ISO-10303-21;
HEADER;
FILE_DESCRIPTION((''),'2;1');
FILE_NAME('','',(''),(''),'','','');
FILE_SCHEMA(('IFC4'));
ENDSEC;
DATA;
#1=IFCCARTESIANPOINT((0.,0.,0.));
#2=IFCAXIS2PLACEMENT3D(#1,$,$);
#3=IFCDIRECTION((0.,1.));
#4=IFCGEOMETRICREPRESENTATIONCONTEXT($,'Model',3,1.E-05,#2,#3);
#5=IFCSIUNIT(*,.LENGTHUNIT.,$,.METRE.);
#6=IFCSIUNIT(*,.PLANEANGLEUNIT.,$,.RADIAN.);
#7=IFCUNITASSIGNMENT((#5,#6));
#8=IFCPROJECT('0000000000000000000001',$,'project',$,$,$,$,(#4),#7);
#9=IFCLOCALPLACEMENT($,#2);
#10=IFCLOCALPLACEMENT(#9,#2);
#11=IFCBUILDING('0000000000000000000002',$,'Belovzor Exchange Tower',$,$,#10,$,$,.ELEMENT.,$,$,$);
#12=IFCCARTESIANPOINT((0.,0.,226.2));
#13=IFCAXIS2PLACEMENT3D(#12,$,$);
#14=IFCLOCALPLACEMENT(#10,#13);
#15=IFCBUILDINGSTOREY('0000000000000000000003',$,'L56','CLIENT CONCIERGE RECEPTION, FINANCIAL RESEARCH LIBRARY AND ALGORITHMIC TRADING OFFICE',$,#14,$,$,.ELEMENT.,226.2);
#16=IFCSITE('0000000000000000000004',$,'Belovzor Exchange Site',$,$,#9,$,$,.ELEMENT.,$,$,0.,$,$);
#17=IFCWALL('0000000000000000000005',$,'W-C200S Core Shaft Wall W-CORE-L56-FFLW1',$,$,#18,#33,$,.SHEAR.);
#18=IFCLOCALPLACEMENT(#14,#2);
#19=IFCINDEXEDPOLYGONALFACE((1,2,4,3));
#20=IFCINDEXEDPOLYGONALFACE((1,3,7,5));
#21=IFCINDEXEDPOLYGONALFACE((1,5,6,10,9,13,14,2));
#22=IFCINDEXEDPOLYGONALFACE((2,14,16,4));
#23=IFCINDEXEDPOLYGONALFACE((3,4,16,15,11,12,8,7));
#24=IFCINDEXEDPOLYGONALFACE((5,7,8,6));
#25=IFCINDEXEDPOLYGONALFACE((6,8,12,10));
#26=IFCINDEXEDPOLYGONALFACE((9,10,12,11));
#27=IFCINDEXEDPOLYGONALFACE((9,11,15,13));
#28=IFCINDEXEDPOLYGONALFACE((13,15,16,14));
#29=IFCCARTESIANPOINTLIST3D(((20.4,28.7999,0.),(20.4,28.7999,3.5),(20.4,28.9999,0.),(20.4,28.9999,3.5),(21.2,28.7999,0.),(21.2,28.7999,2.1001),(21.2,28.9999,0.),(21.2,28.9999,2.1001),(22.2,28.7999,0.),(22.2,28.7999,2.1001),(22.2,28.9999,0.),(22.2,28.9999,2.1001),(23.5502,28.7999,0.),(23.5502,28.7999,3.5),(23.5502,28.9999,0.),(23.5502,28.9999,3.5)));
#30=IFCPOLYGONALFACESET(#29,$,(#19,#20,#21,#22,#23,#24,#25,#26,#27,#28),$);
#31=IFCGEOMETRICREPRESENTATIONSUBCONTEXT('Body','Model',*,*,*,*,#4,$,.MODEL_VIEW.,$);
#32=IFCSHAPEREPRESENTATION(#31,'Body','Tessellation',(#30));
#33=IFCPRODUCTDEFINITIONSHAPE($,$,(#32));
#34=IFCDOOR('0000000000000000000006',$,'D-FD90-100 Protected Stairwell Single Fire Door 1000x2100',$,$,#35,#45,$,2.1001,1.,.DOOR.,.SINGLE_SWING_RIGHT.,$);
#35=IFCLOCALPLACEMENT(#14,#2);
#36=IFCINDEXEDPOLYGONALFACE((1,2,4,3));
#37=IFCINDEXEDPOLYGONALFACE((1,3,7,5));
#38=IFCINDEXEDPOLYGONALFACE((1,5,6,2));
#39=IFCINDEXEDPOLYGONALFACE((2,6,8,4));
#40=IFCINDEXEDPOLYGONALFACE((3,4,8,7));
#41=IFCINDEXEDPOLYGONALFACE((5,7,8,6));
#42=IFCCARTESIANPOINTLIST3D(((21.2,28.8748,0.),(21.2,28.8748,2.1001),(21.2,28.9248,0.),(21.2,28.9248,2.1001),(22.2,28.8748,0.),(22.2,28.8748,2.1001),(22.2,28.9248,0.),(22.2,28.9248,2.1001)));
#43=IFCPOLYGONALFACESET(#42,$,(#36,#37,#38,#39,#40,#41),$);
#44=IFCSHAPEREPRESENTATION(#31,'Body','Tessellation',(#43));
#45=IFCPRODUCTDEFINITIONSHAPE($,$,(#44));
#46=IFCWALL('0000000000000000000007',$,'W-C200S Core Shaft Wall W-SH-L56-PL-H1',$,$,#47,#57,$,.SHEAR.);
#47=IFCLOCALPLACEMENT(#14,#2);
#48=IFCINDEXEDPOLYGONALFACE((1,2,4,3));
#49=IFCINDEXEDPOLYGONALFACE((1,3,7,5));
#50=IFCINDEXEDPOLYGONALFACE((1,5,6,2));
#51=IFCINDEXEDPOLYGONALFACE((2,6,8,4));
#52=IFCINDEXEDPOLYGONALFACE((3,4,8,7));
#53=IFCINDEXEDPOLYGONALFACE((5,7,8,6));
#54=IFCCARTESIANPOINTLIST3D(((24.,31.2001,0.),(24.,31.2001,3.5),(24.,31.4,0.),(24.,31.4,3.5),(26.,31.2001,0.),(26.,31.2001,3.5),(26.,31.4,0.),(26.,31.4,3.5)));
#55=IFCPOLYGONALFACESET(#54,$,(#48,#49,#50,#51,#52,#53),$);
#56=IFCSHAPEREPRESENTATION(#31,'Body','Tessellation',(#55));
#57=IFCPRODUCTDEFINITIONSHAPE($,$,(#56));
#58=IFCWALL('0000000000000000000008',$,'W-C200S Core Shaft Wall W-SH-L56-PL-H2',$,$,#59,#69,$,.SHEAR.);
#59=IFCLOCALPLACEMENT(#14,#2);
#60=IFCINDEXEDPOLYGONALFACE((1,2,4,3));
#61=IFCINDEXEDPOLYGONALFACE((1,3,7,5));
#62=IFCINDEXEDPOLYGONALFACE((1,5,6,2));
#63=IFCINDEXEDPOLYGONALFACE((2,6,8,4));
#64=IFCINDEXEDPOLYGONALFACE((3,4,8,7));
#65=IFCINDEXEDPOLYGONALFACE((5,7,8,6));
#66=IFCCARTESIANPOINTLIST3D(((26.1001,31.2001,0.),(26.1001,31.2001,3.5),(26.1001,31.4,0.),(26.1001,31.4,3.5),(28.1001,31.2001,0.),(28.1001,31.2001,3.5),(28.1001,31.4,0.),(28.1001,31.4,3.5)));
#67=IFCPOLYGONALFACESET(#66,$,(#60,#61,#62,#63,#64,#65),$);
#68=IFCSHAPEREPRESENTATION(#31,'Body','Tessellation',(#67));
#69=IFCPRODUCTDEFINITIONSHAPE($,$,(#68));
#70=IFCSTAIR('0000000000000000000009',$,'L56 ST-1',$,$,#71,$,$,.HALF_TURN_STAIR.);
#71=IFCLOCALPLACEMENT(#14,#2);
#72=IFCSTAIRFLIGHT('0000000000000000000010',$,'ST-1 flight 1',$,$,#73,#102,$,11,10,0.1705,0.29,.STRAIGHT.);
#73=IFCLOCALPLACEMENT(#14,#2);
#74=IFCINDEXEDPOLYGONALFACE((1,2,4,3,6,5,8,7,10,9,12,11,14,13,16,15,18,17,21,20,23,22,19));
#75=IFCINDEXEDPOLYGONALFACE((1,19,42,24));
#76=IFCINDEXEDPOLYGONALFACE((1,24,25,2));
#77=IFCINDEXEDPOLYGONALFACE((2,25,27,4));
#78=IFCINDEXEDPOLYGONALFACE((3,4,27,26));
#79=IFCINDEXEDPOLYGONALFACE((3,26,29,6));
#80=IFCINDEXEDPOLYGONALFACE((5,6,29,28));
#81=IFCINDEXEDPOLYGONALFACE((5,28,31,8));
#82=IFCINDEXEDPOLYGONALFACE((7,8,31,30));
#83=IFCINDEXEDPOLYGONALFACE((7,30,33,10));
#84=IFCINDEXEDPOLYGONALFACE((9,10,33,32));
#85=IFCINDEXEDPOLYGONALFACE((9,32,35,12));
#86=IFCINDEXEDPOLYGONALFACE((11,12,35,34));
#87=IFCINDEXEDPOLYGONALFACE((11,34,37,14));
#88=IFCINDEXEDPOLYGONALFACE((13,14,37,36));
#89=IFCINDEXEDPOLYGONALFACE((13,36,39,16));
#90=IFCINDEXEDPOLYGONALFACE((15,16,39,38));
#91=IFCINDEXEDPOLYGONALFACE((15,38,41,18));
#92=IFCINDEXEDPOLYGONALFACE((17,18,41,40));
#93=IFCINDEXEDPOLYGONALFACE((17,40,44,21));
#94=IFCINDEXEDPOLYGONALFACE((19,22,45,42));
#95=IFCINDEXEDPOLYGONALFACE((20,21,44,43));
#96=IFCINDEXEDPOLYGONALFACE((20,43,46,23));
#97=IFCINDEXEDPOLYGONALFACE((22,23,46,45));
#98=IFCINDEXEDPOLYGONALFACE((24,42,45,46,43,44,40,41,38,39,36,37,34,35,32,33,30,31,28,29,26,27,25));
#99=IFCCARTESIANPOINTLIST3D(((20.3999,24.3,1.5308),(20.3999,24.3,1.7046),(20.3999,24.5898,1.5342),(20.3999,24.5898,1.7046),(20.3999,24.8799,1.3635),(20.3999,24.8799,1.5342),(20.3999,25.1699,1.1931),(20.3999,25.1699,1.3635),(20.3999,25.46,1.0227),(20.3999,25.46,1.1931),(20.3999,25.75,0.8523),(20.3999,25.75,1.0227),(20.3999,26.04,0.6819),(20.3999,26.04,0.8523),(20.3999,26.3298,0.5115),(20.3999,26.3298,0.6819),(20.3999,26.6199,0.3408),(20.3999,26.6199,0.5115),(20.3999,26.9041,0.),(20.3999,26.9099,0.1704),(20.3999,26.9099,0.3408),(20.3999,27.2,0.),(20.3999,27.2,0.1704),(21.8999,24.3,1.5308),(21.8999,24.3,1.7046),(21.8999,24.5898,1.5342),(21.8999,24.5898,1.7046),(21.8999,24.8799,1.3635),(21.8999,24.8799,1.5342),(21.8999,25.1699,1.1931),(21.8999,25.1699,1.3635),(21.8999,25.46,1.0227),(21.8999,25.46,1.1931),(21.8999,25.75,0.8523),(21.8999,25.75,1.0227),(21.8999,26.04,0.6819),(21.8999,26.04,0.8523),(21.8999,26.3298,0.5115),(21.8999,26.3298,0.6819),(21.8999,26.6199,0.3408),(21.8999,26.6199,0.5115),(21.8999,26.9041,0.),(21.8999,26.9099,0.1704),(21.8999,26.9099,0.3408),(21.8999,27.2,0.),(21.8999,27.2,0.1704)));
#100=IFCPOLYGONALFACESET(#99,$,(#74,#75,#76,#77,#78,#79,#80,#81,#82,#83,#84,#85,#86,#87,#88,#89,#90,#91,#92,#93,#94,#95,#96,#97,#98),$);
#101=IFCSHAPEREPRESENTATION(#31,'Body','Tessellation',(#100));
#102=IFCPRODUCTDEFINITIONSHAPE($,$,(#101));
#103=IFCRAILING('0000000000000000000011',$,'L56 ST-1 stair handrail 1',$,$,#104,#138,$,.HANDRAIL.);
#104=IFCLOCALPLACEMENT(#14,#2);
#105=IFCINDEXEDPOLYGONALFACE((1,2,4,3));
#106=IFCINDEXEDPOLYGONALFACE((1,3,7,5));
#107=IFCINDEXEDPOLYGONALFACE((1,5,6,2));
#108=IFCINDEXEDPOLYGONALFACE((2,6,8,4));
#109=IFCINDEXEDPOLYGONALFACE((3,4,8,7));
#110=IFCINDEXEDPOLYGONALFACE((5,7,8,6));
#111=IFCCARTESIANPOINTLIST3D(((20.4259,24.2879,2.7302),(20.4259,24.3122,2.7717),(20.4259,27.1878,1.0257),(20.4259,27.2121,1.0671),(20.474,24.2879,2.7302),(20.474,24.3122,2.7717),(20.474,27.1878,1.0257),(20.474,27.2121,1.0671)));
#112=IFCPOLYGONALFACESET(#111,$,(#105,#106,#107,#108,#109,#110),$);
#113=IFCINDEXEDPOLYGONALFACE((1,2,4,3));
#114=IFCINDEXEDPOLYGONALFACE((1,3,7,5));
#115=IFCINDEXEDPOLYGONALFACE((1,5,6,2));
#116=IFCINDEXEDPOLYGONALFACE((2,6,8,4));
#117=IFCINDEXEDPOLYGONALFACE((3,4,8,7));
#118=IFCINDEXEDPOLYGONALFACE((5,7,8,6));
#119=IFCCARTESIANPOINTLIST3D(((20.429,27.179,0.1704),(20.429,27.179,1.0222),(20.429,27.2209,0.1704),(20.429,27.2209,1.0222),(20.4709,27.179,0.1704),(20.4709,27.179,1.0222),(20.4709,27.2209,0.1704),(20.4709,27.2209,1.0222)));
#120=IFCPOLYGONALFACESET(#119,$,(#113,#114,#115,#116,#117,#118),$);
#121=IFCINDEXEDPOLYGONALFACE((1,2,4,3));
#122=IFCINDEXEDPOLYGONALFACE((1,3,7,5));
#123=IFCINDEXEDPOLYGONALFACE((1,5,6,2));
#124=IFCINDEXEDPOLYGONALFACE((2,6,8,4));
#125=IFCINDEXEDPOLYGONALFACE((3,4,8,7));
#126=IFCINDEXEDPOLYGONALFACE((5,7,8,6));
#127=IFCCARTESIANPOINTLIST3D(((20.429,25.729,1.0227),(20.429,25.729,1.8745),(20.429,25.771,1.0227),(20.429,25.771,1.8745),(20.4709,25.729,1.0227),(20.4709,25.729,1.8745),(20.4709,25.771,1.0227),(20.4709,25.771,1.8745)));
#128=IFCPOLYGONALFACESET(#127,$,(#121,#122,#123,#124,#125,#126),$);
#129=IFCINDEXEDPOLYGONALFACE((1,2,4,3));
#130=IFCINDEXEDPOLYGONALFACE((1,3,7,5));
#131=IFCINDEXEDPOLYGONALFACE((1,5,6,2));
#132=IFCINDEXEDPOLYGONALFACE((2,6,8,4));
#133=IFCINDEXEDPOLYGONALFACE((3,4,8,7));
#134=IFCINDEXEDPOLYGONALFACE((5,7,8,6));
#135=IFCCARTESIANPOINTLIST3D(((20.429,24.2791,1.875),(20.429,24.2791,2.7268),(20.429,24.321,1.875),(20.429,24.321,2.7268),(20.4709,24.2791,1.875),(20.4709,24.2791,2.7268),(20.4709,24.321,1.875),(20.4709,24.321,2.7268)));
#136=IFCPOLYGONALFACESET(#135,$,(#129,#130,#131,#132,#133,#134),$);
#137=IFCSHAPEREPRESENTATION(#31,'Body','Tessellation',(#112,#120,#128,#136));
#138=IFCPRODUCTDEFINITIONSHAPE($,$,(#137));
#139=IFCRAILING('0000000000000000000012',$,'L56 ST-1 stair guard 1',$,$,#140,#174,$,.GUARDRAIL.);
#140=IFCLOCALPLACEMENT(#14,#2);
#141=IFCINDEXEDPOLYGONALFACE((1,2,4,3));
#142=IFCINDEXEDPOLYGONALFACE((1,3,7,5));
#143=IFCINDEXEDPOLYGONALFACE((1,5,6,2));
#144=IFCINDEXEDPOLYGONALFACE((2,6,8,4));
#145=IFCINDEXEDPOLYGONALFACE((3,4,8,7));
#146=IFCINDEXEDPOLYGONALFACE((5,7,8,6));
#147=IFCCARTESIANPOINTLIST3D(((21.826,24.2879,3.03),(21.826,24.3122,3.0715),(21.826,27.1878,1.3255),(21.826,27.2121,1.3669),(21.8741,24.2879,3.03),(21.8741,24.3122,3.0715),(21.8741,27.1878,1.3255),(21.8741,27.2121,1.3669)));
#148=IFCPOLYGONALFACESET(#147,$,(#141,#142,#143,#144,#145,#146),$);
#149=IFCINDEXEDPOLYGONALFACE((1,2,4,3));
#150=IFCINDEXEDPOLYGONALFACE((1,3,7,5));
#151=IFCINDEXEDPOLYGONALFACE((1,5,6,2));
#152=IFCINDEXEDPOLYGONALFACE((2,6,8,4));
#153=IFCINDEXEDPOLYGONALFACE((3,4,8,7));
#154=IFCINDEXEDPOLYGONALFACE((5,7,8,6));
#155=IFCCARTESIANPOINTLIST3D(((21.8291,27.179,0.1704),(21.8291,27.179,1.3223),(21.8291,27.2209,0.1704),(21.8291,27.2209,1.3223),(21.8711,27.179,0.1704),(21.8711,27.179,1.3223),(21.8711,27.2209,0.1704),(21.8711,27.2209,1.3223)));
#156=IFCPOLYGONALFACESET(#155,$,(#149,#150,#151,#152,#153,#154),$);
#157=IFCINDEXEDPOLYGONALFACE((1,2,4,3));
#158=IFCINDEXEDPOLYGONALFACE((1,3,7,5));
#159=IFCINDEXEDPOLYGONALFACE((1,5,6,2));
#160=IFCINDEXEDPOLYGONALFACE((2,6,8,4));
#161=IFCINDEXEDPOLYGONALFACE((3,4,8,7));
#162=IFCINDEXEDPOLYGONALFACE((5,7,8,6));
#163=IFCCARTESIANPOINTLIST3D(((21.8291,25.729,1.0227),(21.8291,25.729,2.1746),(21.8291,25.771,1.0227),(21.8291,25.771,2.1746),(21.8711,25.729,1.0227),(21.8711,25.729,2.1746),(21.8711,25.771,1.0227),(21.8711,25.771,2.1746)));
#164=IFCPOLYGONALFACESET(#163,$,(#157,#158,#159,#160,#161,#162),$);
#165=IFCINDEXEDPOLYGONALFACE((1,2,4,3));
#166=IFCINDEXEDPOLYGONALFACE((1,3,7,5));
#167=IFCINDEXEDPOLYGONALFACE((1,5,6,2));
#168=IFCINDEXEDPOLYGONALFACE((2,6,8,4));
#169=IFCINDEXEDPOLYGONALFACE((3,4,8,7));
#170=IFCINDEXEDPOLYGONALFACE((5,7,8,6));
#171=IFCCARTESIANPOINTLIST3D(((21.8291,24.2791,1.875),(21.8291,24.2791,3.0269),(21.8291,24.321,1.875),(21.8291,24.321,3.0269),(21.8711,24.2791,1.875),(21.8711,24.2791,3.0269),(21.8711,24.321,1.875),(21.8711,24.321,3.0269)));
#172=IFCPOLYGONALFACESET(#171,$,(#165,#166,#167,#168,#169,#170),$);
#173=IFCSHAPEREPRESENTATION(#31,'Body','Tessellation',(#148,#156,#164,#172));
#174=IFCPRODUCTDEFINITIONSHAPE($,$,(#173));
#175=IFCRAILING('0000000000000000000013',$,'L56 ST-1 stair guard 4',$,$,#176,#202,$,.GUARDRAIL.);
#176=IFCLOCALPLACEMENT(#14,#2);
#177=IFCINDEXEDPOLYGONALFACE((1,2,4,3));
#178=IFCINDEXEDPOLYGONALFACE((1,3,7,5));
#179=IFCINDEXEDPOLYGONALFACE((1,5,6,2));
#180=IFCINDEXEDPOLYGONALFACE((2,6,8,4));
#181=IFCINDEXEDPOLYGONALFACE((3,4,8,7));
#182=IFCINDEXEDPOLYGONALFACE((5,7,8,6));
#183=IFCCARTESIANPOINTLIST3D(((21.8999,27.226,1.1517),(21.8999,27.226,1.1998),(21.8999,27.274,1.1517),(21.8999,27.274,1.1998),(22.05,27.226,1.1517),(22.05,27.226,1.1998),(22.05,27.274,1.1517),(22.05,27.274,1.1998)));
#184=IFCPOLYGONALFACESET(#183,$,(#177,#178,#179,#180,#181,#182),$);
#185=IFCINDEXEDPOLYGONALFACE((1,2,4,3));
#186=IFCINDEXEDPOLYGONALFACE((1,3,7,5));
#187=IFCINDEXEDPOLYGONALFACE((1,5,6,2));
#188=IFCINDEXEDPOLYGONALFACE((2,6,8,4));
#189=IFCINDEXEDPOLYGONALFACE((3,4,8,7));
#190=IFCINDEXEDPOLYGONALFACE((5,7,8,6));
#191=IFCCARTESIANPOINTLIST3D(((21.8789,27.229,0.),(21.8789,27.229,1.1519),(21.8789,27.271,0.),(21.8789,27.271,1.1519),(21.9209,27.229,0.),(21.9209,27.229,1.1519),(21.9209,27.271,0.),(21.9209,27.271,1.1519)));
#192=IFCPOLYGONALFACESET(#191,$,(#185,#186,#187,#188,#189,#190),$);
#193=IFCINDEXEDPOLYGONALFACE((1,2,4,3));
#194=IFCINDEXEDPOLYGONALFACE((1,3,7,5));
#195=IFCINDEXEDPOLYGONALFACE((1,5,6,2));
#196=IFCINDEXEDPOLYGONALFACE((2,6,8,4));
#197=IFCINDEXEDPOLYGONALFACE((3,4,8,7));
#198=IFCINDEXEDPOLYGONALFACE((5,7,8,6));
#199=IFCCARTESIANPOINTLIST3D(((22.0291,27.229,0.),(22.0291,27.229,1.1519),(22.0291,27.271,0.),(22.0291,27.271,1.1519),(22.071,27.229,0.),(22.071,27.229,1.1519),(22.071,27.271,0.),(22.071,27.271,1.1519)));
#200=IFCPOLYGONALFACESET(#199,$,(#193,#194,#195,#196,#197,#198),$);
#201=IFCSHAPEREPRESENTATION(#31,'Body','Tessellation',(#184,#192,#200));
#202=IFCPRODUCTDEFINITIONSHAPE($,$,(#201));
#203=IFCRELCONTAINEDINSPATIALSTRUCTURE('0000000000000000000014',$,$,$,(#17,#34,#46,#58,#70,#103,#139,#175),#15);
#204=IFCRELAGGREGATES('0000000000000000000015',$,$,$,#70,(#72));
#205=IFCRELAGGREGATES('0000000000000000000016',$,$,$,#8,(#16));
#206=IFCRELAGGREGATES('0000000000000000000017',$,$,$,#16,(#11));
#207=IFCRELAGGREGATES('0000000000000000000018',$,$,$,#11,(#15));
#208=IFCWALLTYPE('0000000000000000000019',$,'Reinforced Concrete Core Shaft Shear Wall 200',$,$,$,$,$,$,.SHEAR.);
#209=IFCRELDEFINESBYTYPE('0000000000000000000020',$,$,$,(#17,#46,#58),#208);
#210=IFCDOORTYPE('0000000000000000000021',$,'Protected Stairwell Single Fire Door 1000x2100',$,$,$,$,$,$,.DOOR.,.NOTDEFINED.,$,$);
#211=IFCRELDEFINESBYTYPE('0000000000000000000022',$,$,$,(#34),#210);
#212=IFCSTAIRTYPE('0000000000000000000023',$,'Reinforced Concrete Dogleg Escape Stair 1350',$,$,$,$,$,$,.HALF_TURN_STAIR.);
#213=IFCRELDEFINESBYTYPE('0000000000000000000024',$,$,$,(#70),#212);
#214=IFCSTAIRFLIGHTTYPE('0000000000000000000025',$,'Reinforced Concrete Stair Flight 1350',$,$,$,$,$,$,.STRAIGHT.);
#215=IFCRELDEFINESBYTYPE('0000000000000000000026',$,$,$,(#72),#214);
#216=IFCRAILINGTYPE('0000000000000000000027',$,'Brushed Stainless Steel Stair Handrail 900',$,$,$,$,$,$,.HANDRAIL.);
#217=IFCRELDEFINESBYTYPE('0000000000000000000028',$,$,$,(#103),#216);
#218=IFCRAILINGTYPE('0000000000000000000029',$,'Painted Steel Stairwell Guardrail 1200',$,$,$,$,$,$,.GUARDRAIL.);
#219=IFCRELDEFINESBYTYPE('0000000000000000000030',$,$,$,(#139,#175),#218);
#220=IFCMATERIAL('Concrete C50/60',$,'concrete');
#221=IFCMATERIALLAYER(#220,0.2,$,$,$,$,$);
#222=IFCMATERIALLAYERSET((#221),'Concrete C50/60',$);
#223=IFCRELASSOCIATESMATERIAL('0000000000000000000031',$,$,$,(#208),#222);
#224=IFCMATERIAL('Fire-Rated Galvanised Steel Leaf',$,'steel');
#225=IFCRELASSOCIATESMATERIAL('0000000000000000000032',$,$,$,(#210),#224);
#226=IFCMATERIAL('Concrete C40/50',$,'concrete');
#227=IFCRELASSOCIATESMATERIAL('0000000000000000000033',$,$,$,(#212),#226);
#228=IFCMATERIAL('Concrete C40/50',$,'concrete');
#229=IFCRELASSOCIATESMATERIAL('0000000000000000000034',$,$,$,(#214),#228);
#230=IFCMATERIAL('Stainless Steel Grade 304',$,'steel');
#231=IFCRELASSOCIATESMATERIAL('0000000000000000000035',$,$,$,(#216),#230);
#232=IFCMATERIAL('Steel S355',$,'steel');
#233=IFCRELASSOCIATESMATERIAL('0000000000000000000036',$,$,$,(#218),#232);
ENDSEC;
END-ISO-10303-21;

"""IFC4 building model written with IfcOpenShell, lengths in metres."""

from ifc_helpers import new_model, si_unit, direction, frame, frame_2d, origin, origin_2d, place, context, subcontext, project, spatial, polyline, rectangle, outline, extrude, material, layer, layer_set, type_object, element, fill, aggregate, save


model = new_model("IFC4")

# Units and contexts
model_context = context("Model", 3, precision=1e-05, world=origin(), true_north=direction((0.0, 1.0)))
body_context = subcontext(model_context, "Body", "Model", "MODEL_VIEW")
ifc_project = project(units=[si_unit("LENGTHUNIT", "METRE"), si_unit("PLANEANGLEUNIT", "RADIAN")], contexts=[model_context])

# Site, building, storey
site_placement = place(None, origin())
site = spatial("IfcSite", under=ifc_project, at=site_placement, Name="Belovzor Exchange Site", CompositionType="ELEMENT", RefElevation=0.0)
building_placement = place(site_placement, origin())
building = spatial("IfcBuilding", under=site, at=building_placement, Name="Belovzor Exchange Tower", CompositionType="ELEMENT")
storey_placement = place(building_placement, frame((0.0, 0.0, 226.2)))
storey = spatial("IfcBuildingStorey", under=building, at=storey_placement, Name="L56", Description="CLIENT CONCIERGE RECEPTION, FINANCIAL RESEARCH LIBRARY AND ALGORITHMIC TRADING OFFICE", CompositionType="ELEMENT", Elevation=226.2)

# Wall, opening, door
ifc_material_1 = material(Name="Concrete C50/60", Category="concrete")
ifc_layer_1 = layer(ifc_material_1, 0.2)
ifc_layer_set_1 = layer_set([ifc_layer_1], Name="Concrete C50/60")
wall_type_1 = type_object("IfcWallType", Name="Reinforced Concrete Core Shaft Shear Wall 200", PredefinedType="SHEAR", material=ifc_layer_set_1)
wall_1_placement = place(storey_placement, frame((20.3999, 28.8999, 0.0), z_axis=(0.0, 0.0, 1.0), x_axis=(1.0, 0.0, 0.0)))
wall_1 = element("IfcWall", 1, at=wall_1_placement, inside=storey, type_object=wall_type_1, Name="W-C200S Core Shaft Wall W-CORE-L56-FFLW1", PredefinedType="SHEAR", context=body_context, shape_type="SweptSolid", body=[
    extrude(rectangle(XDim=3.1501, YDim=0.2, at=frame_2d((1.5752, 0.0))), origin(), (0.0, 0.0, 1.0), 3.5),
])
opening_1_placement = place(wall_1_placement, frame((0.8, 0.0, 0.0)))
opening_1 = element("IfcOpeningElement", 2, at=opening_1_placement, cuts=wall_1, PredefinedType="OPENING", context=body_context, shape_type="SweptSolid", body=[
    extrude(rectangle(XDim=1.0, YDim=2.1001, at=frame_2d((0.5, 1.05))), frame((0.0, 0.1099, 0.0), z_axis=(0.0, -1.0, 0.0), x_axis=(1.0, 0.0, 0.0)), (0.0, 0.0, 1.0), 0.22),
])
ifc_material_2 = material(Name="Fire-Rated Galvanised Steel Leaf", Category="steel")
door_type_1 = type_object("IfcDoorType", Name="Protected Stairwell Single Fire Door 1000x2100", OperationType="NOTDEFINED", PredefinedType="DOOR", material=ifc_material_2)
door_1_placement = place(opening_1_placement, origin())
door_1 = element("IfcDoor", 3, at=door_1_placement, inside=storey, type_object=door_type_1, Name="D-FD90-100 Protected Stairwell Single Fire Door 1000x2100", OperationType="SINGLE_SWING_RIGHT", OverallHeight=2.1001, OverallWidth=1.0, PredefinedType="DOOR", context=body_context, shape_type="SweptSolid", body=[
    extrude(rectangle(XDim=1.0, YDim=2.1001, at=frame_2d((0.5, 1.05))), frame((0.0, 0.0249, 0.0), z_axis=(0.0, -1.0, 0.0), x_axis=(1.0, 0.0, 0.0)), (0.0, 0.0, 1.0), 0.05),
])
fill(opening_1, door_1)

# Walls
for number, where, z_axis, x_axis, name in (
    (4, (24.0, 31.3, 0.0), (0.0, 0.0, 1.0), (1.0, 0.0, 0.0), "W-C200S Core Shaft Wall W-SH-L56-PL-H1"),
    (5, (26.1001, 31.3, 0.0), (0.0, 0.0, 1.0), (1.0, 0.0, 0.0), "W-C200S Core Shaft Wall W-SH-L56-PL-H2"),
):
    element("IfcWall", number, at=place(storey_placement, frame(where, z_axis=z_axis, x_axis=x_axis)), inside=storey, type_object=wall_type_1, Name=name, PredefinedType="SHEAR", context=body_context, shape_type="SweptSolid", body=[
        extrude(rectangle(XDim=2.0, YDim=0.2, at=frame_2d((1.0, 0.0))), origin(), (0.0, 0.0, 1.0), 3.5),
    ])

# Stair, stair flight
ifc_material_3 = material(Name="Concrete C40/50", Category="concrete")
stair_type = type_object("IfcStairType", Name="Reinforced Concrete Dogleg Escape Stair 1350", PredefinedType="HALF_TURN_STAIR", material=ifc_material_3)
stair_placement = place(storey_placement, origin())
stair = element("IfcStair", 6, at=stair_placement, inside=storey, type_object=stair_type, Name="L56 ST-1", PredefinedType="HALF_TURN_STAIR")
ifc_material_4 = material(Name="Concrete C40/50", Category="concrete")
stair_flight_type = type_object("IfcStairFlightType", Name="Reinforced Concrete Stair Flight 1350", PredefinedType="STRAIGHT", material=ifc_material_4)
stair_flight_placement = place(storey_placement, frame((21.1499, 27.2, 0.0), z_axis=(0.0, 0.0, 1.0), x_axis=(0.0, -1.0, 0.0)))
stair_flight = element("IfcStairFlight", 7, at=stair_flight_placement, type_object=stair_flight_type, Name="ST-1 flight 1", NumberOfRisers=11, NumberOfTreads=10, PredefinedType="STRAIGHT", RiserHeight=0.1705, TreadLength=0.29, context=body_context, shape_type="SweptSolid", body=[
    extrude(outline(polyline([(0.0, 0.0), (0.0, 0.1704), (0.29, 0.1704), (0.29, 0.3408), (0.5801, 0.3408), (0.5801, 0.5115), (0.8701, 0.5115), (0.8701, 0.6819), (1.1599, 0.6819), (1.1599, 0.8523), (1.45, 0.8523), (1.45, 1.0227), (1.74, 1.0227), (1.74, 1.1931), (2.03, 1.1931), (2.03, 1.3635), (2.3201, 1.3635), (2.3201, 1.5342), (2.6101, 1.5342), (2.6101, 1.7046), (2.8999, 1.7046), (2.8999, 1.875), (2.8999, 1.5308), (0.2959, 0.0), (0.0, 0.0)])), frame((0.0, 0.75, 0.0), z_axis=(0.0, -1.0, 0.0), x_axis=(1.0, 0.0, 0.0)), (0.0, 0.0, 1.0), 1.5),
])
aggregate(stair, [stair_flight])

# Railings
ifc_material_5 = material(Name="Stainless Steel Grade 304", Category="steel")
railing_type_1 = type_object("IfcRailingType", Name="Brushed Stainless Steel Stair Handrail 900", PredefinedType="HANDRAIL", material=ifc_material_5)
railing_1_placement = place(storey_placement, frame((20.45, 27.2, 0.1704)))
element("IfcRailing", 8, at=railing_1_placement, inside=storey, type_object=railing_type_1, Name="L56 ST-1 stair handrail 1", PredefinedType="HANDRAIL", context=body_context, shape_type="SweptSolid", body=[
    extrude(rectangle(XDim=0.0481, YDim=0.0481, at=origin_2d()), frame((0.0, 0.0, 0.876), z_axis=(0.0, -0.862095, 0.506747), x_axis=(1.0, 0.0, 0.0)), (0.0, 0.0, 1.0), 3.3638),
    extrude(rectangle(XDim=0.042, YDim=0.042, at=origin_2d()), origin(), (0.0, 0.0, 1.0), 0.8518),
    extrude(rectangle(XDim=0.042, YDim=0.042, at=origin_2d()), frame((0.0, -1.45, 0.8523)), (0.0, 0.0, 1.0), 0.8518),
    extrude(rectangle(XDim=0.042, YDim=0.042, at=origin_2d()), frame((0.0, -2.8999, 1.7046)), (0.0, 0.0, 1.0), 0.8518),
])
ifc_material_6 = material(Name="Steel S355", Category="steel")
railing_type_2 = type_object("IfcRailingType", Name="Painted Steel Stairwell Guardrail 1200", PredefinedType="GUARDRAIL", material=ifc_material_6)
railing_2_placement = place(storey_placement, frame((21.8501, 27.2, 0.1704)))
element("IfcRailing", 9, at=railing_2_placement, inside=storey, type_object=railing_type_2, Name="L56 ST-1 stair guard 1", PredefinedType="GUARDRAIL", context=body_context, shape_type="SweptSolid", body=[
    extrude(rectangle(XDim=0.0481, YDim=0.0481, at=origin_2d()), frame((0.0, 0.0, 1.1758), z_axis=(0.0, -0.862095, 0.506747), x_axis=(1.0, 0.0, 0.0)), (0.0, 0.0, 1.0), 3.3638),
    extrude(rectangle(XDim=0.042, YDim=0.042, at=origin_2d()), origin(), (0.0, 0.0, 1.0), 1.1519),
    extrude(rectangle(XDim=0.042, YDim=0.042, at=origin_2d()), frame((0.0, -1.45, 0.8523)), (0.0, 0.0, 1.0), 1.1519),
    extrude(rectangle(XDim=0.042, YDim=0.042, at=origin_2d()), frame((0.0, -2.8999, 1.7046)), (0.0, 0.0, 1.0), 1.1519),
])
railing_3_placement = place(storey_placement, frame((21.8999, 27.25, 0.0)))
element("IfcRailing", 10, at=railing_3_placement, inside=storey, type_object=railing_type_2, Name="L56 ST-1 stair guard 4", PredefinedType="GUARDRAIL", context=body_context, shape_type="SweptSolid", body=[
    extrude(rectangle(XDim=0.0481, YDim=0.0481, at=origin_2d()), frame((0.0, 0.0, 1.1758), z_axis=(1.0, 0.0, 0.0), x_axis=(0.0, 1.0, 0.0)), (0.0, 0.0, 1.0), 0.1501),
    extrude(rectangle(XDim=0.042, YDim=0.042, at=origin_2d()), origin(), (0.0, 0.0, 1.0), 1.1519),
    extrude(rectangle(XDim=0.042, YDim=0.042, at=origin_2d()), frame((0.1501, 0.0, 0.0)), (0.0, 0.0, 1.0), 1.1519),
])

save(model, "model.ifc")
